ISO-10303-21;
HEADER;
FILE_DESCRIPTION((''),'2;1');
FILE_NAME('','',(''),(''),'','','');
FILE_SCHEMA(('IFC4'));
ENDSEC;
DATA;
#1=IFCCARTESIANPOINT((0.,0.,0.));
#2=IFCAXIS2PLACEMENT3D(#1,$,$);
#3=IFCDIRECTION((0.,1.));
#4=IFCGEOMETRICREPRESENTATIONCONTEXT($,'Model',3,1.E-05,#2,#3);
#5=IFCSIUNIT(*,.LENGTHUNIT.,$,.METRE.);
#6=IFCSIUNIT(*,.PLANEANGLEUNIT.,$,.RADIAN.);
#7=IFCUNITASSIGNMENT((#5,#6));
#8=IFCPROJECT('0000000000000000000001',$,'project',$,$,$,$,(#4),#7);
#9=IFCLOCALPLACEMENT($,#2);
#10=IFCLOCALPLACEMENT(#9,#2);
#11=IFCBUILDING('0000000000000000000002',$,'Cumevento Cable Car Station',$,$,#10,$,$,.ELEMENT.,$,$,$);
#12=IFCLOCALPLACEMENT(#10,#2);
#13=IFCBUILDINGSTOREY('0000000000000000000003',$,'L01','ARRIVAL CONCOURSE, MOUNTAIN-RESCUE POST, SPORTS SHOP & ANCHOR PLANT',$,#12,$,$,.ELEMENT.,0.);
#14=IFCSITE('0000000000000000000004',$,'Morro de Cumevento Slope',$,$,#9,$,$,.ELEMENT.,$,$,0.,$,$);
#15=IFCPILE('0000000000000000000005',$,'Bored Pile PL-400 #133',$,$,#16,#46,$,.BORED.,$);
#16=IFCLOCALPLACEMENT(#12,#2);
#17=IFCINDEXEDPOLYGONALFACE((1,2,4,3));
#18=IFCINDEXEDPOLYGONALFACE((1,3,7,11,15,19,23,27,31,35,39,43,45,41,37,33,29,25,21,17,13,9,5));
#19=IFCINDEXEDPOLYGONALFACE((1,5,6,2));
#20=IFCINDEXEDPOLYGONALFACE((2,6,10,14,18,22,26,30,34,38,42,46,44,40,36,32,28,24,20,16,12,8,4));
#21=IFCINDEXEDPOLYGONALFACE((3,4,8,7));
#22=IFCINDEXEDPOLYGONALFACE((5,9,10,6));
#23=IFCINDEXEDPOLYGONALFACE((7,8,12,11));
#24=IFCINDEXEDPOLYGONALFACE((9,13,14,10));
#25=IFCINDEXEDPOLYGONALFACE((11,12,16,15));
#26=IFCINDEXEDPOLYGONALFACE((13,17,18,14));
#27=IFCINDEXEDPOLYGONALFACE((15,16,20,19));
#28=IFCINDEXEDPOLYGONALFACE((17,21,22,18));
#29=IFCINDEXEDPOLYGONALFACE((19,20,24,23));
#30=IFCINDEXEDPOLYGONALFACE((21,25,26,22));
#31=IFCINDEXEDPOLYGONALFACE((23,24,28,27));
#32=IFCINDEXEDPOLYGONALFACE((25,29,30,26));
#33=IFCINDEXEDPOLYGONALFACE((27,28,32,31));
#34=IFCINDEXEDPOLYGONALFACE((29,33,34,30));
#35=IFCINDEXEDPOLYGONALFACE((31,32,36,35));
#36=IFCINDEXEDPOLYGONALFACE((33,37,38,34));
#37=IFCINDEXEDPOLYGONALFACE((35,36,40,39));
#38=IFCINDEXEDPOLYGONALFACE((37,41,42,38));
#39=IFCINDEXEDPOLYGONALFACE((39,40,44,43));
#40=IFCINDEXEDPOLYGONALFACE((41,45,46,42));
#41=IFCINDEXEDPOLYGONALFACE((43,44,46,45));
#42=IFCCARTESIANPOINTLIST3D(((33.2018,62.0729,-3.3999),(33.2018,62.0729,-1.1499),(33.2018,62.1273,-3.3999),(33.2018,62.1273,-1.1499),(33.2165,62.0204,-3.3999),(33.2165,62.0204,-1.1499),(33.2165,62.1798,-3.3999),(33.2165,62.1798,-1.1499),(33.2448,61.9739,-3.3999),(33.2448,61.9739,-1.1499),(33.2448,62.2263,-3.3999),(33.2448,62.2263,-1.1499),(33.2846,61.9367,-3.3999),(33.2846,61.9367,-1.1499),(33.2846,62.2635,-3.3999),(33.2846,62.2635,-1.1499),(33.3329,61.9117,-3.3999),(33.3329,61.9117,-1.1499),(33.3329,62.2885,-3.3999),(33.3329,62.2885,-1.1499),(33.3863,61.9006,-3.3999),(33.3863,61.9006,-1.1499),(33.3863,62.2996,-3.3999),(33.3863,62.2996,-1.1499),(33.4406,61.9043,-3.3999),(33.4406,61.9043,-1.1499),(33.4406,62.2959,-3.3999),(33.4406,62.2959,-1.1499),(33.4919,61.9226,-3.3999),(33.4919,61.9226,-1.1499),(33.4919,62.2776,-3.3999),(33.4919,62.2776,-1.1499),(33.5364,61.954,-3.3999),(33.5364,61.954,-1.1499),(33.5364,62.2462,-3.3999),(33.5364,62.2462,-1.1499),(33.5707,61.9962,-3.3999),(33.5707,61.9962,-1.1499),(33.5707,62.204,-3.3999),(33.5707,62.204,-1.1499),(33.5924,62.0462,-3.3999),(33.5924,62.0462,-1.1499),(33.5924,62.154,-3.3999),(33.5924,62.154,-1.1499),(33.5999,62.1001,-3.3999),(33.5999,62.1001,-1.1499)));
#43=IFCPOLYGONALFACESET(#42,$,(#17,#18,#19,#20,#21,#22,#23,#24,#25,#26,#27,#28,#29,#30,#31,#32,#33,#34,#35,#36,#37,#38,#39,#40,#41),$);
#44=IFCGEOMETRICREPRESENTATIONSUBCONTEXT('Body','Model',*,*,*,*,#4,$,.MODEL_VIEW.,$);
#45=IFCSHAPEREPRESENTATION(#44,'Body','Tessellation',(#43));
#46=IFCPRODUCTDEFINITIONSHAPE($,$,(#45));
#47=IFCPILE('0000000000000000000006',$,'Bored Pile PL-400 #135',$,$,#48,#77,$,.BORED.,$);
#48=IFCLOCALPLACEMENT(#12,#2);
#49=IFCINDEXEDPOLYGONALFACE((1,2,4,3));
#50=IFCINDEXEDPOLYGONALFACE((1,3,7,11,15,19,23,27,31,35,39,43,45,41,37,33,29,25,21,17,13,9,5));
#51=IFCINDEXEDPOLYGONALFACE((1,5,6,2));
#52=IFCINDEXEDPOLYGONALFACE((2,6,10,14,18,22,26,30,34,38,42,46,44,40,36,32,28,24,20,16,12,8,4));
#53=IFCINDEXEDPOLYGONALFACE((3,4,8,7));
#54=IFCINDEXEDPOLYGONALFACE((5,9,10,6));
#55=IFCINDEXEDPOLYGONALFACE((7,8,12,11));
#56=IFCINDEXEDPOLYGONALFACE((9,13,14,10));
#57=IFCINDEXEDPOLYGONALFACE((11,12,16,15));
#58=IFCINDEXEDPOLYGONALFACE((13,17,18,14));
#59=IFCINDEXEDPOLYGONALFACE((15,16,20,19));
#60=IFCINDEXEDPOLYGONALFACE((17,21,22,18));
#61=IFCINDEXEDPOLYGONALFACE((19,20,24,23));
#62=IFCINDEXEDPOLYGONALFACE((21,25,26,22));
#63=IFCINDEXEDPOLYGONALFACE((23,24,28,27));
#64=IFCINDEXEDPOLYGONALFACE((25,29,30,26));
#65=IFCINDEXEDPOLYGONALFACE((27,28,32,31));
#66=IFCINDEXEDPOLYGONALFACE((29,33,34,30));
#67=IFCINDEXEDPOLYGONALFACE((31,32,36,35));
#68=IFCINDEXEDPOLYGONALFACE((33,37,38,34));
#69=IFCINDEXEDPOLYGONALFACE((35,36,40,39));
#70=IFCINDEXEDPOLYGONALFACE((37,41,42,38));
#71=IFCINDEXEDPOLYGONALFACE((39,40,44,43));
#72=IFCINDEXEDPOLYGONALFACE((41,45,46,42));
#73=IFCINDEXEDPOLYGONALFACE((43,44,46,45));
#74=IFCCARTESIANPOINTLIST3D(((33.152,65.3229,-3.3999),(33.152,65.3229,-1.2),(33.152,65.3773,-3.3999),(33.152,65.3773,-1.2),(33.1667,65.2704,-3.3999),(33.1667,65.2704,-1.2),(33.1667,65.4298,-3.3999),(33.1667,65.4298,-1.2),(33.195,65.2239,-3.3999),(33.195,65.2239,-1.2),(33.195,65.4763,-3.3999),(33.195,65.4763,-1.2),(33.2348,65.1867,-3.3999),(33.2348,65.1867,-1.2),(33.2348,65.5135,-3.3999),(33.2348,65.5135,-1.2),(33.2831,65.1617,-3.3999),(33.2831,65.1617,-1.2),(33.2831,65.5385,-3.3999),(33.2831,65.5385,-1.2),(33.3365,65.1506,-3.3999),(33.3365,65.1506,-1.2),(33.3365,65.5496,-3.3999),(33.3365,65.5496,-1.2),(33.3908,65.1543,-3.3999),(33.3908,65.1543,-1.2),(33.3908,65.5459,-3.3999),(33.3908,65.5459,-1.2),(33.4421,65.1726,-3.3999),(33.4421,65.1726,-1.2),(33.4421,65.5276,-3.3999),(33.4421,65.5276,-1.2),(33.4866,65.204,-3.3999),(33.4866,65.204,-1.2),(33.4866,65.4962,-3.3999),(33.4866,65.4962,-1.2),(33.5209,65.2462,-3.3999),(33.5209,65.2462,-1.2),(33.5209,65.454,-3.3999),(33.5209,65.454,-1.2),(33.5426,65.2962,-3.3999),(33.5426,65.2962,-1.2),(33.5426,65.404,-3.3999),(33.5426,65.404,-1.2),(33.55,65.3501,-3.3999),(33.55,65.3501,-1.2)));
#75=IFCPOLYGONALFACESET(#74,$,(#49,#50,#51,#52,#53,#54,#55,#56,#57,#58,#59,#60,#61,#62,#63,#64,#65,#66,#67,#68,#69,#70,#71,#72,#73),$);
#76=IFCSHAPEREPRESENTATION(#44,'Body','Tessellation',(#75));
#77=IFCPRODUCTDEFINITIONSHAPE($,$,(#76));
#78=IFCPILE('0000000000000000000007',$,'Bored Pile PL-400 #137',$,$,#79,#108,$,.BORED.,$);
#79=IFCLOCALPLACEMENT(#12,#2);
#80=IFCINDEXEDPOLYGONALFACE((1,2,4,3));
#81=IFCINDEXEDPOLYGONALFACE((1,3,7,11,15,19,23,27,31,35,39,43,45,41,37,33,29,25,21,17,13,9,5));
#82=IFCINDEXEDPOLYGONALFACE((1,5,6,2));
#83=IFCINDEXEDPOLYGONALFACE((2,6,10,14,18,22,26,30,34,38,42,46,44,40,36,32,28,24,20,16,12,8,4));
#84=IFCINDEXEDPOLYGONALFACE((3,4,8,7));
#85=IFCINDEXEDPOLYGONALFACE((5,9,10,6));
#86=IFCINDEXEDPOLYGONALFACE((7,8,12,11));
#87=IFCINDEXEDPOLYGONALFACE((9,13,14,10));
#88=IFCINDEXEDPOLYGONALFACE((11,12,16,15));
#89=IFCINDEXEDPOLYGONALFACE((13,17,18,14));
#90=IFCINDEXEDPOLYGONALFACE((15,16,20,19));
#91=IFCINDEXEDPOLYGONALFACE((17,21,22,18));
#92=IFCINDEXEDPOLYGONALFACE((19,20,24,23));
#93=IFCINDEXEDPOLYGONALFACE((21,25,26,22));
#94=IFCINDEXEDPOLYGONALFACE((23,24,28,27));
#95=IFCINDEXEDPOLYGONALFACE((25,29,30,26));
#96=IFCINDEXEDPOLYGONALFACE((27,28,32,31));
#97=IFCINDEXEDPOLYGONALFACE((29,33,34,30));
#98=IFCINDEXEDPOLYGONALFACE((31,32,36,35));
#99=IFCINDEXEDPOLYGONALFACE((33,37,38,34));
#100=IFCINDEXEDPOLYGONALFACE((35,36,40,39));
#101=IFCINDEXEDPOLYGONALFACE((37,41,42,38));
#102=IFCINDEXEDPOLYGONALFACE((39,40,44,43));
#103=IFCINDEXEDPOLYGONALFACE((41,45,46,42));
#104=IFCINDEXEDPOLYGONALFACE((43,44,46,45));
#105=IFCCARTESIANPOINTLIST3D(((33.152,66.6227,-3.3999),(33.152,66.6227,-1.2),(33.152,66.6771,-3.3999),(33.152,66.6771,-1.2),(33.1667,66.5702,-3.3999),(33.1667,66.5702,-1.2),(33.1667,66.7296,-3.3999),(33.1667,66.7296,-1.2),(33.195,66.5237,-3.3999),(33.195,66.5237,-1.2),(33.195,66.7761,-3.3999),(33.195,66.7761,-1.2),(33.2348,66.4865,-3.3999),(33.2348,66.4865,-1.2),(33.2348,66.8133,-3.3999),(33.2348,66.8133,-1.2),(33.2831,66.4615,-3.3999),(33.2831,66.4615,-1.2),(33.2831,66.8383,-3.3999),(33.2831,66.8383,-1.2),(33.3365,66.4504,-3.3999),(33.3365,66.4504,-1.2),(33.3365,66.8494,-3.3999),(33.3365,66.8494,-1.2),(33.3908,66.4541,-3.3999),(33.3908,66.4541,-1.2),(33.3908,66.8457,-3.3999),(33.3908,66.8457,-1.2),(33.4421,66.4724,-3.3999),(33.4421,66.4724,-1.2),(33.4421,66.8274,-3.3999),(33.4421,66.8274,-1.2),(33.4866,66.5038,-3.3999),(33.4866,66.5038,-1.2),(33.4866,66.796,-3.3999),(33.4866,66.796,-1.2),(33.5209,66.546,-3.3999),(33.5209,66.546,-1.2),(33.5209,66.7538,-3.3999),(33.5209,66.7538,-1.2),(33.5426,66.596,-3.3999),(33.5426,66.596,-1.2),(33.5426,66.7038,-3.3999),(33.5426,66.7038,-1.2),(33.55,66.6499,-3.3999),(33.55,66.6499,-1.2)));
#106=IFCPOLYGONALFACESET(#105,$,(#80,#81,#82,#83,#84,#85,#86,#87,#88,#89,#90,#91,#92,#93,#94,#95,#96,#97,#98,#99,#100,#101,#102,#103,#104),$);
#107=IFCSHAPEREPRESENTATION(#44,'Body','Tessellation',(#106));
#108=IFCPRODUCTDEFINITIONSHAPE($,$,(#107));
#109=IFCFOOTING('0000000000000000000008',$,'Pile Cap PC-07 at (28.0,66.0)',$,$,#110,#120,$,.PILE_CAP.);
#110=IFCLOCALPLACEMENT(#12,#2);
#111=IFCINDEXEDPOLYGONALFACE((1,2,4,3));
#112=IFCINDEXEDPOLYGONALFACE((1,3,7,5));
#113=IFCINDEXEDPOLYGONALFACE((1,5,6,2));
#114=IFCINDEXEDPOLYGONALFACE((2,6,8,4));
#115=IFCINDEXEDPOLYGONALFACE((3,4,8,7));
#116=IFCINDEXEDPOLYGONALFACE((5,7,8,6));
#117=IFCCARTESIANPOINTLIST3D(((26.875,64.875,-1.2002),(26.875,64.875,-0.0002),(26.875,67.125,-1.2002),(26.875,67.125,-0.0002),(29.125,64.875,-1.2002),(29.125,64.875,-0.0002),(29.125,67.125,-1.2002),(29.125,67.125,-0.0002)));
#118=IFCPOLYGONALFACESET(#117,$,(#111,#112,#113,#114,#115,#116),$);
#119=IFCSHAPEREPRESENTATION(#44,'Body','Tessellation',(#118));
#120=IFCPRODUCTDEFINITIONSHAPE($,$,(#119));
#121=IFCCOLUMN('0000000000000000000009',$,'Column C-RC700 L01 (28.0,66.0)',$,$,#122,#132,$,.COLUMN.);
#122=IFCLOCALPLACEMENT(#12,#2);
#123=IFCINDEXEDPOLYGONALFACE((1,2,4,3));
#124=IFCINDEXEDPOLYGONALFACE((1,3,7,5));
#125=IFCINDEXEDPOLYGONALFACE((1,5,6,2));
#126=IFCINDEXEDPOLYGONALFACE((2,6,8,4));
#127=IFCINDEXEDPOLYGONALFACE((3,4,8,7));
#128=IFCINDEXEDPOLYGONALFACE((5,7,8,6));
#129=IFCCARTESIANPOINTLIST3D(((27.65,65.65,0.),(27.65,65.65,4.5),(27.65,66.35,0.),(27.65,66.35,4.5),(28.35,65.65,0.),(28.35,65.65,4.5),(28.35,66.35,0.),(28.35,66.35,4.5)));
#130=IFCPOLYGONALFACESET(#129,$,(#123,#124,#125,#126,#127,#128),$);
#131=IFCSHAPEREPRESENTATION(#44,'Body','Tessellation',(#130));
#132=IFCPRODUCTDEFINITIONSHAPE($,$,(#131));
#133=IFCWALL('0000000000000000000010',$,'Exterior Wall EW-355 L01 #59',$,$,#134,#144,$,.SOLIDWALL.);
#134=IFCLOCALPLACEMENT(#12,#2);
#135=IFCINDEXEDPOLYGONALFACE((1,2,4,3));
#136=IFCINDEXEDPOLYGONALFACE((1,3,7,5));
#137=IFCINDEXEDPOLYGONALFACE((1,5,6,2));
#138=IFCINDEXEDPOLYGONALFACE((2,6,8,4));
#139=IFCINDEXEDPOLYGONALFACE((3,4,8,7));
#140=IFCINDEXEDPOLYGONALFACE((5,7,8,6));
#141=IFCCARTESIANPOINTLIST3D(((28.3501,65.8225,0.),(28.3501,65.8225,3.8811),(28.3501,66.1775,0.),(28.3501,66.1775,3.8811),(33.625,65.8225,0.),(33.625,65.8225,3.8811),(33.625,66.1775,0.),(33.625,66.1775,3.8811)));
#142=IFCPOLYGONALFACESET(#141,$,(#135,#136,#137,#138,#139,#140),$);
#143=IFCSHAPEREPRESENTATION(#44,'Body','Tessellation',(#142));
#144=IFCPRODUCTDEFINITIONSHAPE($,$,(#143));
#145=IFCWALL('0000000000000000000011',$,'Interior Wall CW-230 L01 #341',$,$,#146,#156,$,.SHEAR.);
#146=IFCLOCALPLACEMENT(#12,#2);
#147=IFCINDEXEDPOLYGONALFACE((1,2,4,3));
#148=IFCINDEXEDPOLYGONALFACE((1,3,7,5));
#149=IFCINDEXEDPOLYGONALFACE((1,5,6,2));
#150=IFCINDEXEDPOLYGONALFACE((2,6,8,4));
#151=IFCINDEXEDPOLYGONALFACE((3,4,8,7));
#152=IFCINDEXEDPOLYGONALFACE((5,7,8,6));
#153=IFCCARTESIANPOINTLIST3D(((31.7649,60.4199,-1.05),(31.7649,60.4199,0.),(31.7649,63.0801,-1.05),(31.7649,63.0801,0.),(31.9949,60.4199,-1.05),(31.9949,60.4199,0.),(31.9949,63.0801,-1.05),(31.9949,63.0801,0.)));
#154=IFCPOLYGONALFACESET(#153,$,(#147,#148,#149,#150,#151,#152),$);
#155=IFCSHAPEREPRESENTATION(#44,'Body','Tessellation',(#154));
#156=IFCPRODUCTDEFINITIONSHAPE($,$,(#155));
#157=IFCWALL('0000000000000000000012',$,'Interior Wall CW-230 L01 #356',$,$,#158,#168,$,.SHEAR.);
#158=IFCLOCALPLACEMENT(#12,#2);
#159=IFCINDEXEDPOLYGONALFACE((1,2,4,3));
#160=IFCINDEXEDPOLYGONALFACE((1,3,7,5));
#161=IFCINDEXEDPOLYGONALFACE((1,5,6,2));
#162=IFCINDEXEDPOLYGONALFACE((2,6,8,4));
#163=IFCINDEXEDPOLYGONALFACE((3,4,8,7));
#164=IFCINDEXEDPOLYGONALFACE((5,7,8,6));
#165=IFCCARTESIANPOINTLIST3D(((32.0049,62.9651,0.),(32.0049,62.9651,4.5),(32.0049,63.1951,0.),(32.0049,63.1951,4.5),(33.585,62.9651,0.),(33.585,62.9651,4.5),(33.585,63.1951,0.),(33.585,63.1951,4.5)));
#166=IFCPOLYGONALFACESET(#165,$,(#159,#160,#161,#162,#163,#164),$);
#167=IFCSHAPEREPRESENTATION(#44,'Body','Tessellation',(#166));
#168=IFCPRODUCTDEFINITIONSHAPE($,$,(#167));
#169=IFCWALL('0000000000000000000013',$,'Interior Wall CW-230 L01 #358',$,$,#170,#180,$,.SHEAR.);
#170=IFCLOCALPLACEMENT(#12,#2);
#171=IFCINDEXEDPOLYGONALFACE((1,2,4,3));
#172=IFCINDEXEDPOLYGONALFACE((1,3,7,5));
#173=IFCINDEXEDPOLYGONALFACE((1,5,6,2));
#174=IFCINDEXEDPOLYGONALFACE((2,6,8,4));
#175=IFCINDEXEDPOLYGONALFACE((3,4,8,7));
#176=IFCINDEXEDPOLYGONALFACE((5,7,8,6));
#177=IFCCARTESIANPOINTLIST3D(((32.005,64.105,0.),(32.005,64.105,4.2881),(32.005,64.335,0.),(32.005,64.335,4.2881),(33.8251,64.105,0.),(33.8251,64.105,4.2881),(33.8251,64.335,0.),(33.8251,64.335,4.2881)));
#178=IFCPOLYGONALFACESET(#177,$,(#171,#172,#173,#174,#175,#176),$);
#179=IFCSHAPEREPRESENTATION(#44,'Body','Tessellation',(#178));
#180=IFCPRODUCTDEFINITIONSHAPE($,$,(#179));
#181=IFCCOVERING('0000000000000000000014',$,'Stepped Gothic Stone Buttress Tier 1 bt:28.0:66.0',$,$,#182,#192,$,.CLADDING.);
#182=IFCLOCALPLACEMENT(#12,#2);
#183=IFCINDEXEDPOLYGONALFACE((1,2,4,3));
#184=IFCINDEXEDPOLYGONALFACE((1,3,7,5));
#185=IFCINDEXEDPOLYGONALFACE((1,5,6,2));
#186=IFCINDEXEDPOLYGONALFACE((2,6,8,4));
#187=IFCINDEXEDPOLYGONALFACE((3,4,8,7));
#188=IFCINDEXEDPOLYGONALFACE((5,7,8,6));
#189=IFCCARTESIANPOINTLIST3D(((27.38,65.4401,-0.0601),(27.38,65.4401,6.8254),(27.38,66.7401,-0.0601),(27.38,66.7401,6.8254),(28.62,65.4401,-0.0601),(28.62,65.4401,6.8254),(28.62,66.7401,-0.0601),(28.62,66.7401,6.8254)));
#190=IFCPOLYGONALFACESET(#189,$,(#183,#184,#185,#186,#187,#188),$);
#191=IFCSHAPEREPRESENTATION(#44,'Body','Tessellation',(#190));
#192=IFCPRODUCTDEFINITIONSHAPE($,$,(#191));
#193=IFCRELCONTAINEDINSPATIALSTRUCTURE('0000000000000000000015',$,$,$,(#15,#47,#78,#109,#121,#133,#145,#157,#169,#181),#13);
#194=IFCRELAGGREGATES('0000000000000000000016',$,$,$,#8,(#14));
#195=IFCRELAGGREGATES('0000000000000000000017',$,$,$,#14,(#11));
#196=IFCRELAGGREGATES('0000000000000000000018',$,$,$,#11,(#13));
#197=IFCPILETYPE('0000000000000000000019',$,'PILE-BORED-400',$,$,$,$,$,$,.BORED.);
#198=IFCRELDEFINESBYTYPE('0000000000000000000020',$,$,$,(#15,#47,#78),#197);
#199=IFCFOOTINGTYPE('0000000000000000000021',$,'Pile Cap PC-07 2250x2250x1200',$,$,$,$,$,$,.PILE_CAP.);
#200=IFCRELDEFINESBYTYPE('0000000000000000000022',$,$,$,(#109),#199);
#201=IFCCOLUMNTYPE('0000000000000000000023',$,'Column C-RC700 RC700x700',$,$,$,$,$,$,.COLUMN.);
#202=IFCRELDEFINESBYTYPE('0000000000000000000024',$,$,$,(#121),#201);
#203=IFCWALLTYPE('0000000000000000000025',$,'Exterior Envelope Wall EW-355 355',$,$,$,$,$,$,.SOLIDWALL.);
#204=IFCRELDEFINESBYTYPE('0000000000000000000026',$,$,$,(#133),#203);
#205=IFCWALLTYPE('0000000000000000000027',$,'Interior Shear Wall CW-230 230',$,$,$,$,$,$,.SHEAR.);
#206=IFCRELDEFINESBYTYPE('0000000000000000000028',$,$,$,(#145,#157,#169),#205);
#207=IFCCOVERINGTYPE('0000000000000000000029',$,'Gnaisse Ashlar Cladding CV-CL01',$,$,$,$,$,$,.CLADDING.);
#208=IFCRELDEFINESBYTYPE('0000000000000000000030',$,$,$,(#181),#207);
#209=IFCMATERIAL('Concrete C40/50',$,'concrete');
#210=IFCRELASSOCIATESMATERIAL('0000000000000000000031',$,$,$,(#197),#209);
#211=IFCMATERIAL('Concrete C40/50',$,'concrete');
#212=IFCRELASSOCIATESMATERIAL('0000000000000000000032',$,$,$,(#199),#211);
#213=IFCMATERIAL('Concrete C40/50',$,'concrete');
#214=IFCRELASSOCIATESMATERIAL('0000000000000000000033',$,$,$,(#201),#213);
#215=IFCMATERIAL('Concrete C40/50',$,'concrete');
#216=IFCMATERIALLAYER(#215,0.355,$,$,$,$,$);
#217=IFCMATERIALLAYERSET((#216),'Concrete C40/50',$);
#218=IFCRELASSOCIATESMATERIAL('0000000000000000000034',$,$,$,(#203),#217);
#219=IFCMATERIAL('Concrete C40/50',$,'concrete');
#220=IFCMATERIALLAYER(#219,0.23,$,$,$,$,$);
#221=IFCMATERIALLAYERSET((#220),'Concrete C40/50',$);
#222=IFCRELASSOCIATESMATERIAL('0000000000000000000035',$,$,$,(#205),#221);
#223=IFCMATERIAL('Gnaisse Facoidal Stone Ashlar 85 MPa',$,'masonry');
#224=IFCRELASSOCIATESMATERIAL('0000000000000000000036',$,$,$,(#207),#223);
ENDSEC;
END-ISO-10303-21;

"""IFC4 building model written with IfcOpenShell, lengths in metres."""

from ifc_helpers import new_model, si_unit, direction, frame, frame_2d, origin, origin_2d, place, context, subcontext, project, spatial, rectangle, circle, extrude, material, layer, layer_set, material_profile, profile_set, type_object, element, save


model = new_model("IFC4")

# Units and contexts
model_context = context("Model", 3, precision=1e-05, world=origin(), true_north=direction((0.0, 1.0)))
body_context = subcontext(model_context, "Body", "Model", "MODEL_VIEW")
ifc_project = project(units=[si_unit("LENGTHUNIT", "METRE"), si_unit("PLANEANGLEUNIT", "RADIAN")], contexts=[model_context])

# Site, building, storey
site_placement = place(None, origin())
site = spatial("IfcSite", under=ifc_project, at=site_placement, Name="Morro de Cumevento Slope", CompositionType="ELEMENT", RefElevation=0.0)
building_placement = place(site_placement, origin())
building = spatial("IfcBuilding", under=site, at=building_placement, Name="Cumevento Cable Car Station", CompositionType="ELEMENT")
storey_placement = place(building_placement, origin())
storey = spatial("IfcBuildingStorey", under=building, at=storey_placement, Name="L01", Description="ARRIVAL CONCOURSE, MOUNTAIN-RESCUE POST, SPORTS SHOP & ANCHOR PLANT", CompositionType="ELEMENT", Elevation=0.0)

# Piles
ifc_material_1 = material(Name="Concrete C40/50", Category="concrete")
ifc_material_profile_1 = material_profile(ifc_material_1, circle(Radius=0.2, at=origin_2d()), Name="PILE-D400")
ifc_profile_set_1 = profile_set([ifc_material_profile_1], Name="Concrete C40/50")
pile_type = type_object("IfcPileType", Name="PILE-BORED-400", PredefinedType="BORED", material=ifc_profile_set_1)
pile_placement = place(storey_placement, frame((33.3999, 62.1001, -1.1499), z_axis=(0.0, 0.0, -1.0), x_axis=(1.0, 0.0, 0.0)))
element("IfcPile", 1, at=pile_placement, inside=storey, type_object=pile_type, Name="Bored Pile PL-400 #133", PredefinedType="BORED", context=body_context, shape_type="SweptSolid", body=[
    extrude(circle(Radius=0.2, at=origin_2d()), origin(), (0.0, 0.0, 1.0), 2.25),
])
for number, where, z_axis, x_axis, name in (
    (2, (33.3501, 65.3501, -1.2), (0.0, 0.0, -1.0), (1.0, 0.0, 0.0), "Bored Pile PL-400 #135"),
    (3, (33.3501, 66.6499, -1.2), (0.0, 0.0, -1.0), (1.0, 0.0, 0.0), "Bored Pile PL-400 #137"),
):
    element("IfcPile", number, at=place(storey_placement, frame(where, z_axis=z_axis, x_axis=x_axis)), inside=storey, type_object=pile_type, Name=name, PredefinedType="BORED", context=body_context, shape_type="SweptSolid", body=[
        extrude(circle(Radius=0.2, at=origin_2d()), origin(), (0.0, 0.0, 1.0), 2.2),
    ])

# Footing
ifc_material_2 = material(Name="Concrete C40/50", Category="concrete")
footing_type = type_object("IfcFootingType", Name="Pile Cap PC-07 2250x2250x1200", PredefinedType="PILE_CAP", material=ifc_material_2)
footing_placement = place(storey_placement, frame((28.0, 66.0, -1.2002), z_axis=(0.0, 0.0, 1.0), x_axis=(1.0, 0.0, 0.0)))
element("IfcFooting", 4, at=footing_placement, inside=storey, type_object=footing_type, Name="Pile Cap PC-07 at (28.0,66.0)", PredefinedType="PILE_CAP", context=body_context, shape_type="SweptSolid", body=[
    extrude(rectangle(XDim=2.25, YDim=2.25, at=origin_2d()), origin(), (0.0, 0.0, 1.0), 1.2),
])

# Column
ifc_material_3 = material(Name="Concrete C40/50", Category="concrete")
ifc_material_profile_2 = material_profile(ifc_material_3, rectangle(XDim=0.7, YDim=0.7, at=origin_2d()), Name="RC700x700")
ifc_profile_set_2 = profile_set([ifc_material_profile_2], Name="Concrete C40/50")
column_type = type_object("IfcColumnType", Name="Column C-RC700 RC700x700", PredefinedType="COLUMN", material=ifc_profile_set_2)
column_placement = place(storey_placement, frame((28.0, 66.0, 0.0), z_axis=(0.0, 0.0, 1.0), x_axis=(1.0, 0.0, 0.0)))
element("IfcColumn", 5, at=column_placement, inside=storey, type_object=column_type, Name="Column C-RC700 L01 (28.0,66.0)", PredefinedType="COLUMN", context=body_context, shape_type="SweptSolid", body=[
    extrude(rectangle(XDim=0.7, YDim=0.7, at=origin_2d()), origin(), (0.0, 0.0, 1.0), 4.5),
])

# Walls
ifc_material_4 = material(Name="Concrete C40/50", Category="concrete")
ifc_layer_1 = layer(ifc_material_4, 0.355)
ifc_layer_set_1 = layer_set([ifc_layer_1], Name="Concrete C40/50")
wall_type_1 = type_object("IfcWallType", Name="Exterior Envelope Wall EW-355 355", PredefinedType="SOLIDWALL", material=ifc_layer_set_1)
wall_1_placement = place(storey_placement, frame((28.3501, 66.0, 0.0), z_axis=(0.0, 0.0, 1.0), x_axis=(1.0, 0.0, 0.0)))
element("IfcWall", 6, at=wall_1_placement, inside=storey, type_object=wall_type_1, Name="Exterior Wall EW-355 L01 #59", PredefinedType="SOLIDWALL", context=body_context, shape_type="SweptSolid", body=[
    extrude(rectangle(XDim=5.2749, YDim=0.355, at=frame_2d((2.6375, 0.0))), origin(), (0.0, 0.0, 1.0), 3.8811),
])
ifc_material_5 = material(Name="Concrete C40/50", Category="concrete")
ifc_layer_2 = layer(ifc_material_5, 0.23)
ifc_layer_set_2 = layer_set([ifc_layer_2], Name="Concrete C40/50")
wall_type_2 = type_object("IfcWallType", Name="Interior Shear Wall CW-230 230", PredefinedType="SHEAR", material=ifc_layer_set_2)
wall_2_placement = place(storey_placement, frame((31.8799, 63.0801, -1.05), z_axis=(0.0, 0.0, 1.0), x_axis=(0.0, -1.0, 0.0)))
element("IfcWall", 7, at=wall_2_placement, inside=storey, type_object=wall_type_2, Name="Interior Wall CW-230 L01 #341", PredefinedType="SHEAR", context=body_context, shape_type="SweptSolid", body=[
    extrude(rectangle(XDim=2.6602, YDim=0.23, at=frame_2d((1.3301, 0.0))), origin(), (0.0, 0.0, 1.0), 1.05),
])
wall_3_placement = place(storey_placement, frame((32.0049, 63.0801, 0.0), z_axis=(0.0, 0.0, 1.0), x_axis=(1.0, 0.0, 0.0)))
element("IfcWall", 8, at=wall_3_placement, inside=storey, type_object=wall_type_2, Name="Interior Wall CW-230 L01 #356", PredefinedType="SHEAR", context=body_context, shape_type="SweptSolid", body=[
    extrude(rectangle(XDim=1.5801, YDim=0.23, at=frame_2d((0.79, 0.0))), origin(), (0.0, 0.0, 1.0), 4.5),
])
wall_4_placement = place(storey_placement, frame((32.0049, 64.22, 0.0), z_axis=(0.0, 0.0, 1.0), x_axis=(1.0, 0.0, 0.0)))
element("IfcWall", 9, at=wall_4_placement, inside=storey, type_object=wall_type_2, Name="Interior Wall CW-230 L01 #358", PredefinedType="SHEAR", context=body_context, shape_type="SweptSolid", body=[
    extrude(rectangle(XDim=1.8201, YDim=0.23, at=frame_2d((0.9102, 0.0))), origin(), (0.0, 0.0, 1.0), 4.2881),
])

# Covering
ifc_material_6 = material(Name="Gnaisse Facoidal Stone Ashlar 85 MPa", Category="masonry")
covering_type = type_object("IfcCoveringType", Name="Gnaisse Ashlar Cladding CV-CL01", PredefinedType="CLADDING", material=ifc_material_6)
covering_1_placement = place(storey_placement, frame((28.0, 66.0901, -0.0601), z_axis=(0.0, 0.0, 1.0), x_axis=(-1.0, 0.0, 0.0)))
element("IfcCovering", 10, at=covering_1_placement, inside=storey, type_object=covering_type, Name="Stepped Gothic Stone Buttress Tier 1 bt:28.0:66.0", PredefinedType="CLADDING", context=body_context, shape_type="SweptSolid", body=[
    extrude(rectangle(XDim=1.24, YDim=1.3, at=origin_2d()), origin(), (0.0, 0.0, 1.0), 6.8855),
])

save(model, "model.ifc")
